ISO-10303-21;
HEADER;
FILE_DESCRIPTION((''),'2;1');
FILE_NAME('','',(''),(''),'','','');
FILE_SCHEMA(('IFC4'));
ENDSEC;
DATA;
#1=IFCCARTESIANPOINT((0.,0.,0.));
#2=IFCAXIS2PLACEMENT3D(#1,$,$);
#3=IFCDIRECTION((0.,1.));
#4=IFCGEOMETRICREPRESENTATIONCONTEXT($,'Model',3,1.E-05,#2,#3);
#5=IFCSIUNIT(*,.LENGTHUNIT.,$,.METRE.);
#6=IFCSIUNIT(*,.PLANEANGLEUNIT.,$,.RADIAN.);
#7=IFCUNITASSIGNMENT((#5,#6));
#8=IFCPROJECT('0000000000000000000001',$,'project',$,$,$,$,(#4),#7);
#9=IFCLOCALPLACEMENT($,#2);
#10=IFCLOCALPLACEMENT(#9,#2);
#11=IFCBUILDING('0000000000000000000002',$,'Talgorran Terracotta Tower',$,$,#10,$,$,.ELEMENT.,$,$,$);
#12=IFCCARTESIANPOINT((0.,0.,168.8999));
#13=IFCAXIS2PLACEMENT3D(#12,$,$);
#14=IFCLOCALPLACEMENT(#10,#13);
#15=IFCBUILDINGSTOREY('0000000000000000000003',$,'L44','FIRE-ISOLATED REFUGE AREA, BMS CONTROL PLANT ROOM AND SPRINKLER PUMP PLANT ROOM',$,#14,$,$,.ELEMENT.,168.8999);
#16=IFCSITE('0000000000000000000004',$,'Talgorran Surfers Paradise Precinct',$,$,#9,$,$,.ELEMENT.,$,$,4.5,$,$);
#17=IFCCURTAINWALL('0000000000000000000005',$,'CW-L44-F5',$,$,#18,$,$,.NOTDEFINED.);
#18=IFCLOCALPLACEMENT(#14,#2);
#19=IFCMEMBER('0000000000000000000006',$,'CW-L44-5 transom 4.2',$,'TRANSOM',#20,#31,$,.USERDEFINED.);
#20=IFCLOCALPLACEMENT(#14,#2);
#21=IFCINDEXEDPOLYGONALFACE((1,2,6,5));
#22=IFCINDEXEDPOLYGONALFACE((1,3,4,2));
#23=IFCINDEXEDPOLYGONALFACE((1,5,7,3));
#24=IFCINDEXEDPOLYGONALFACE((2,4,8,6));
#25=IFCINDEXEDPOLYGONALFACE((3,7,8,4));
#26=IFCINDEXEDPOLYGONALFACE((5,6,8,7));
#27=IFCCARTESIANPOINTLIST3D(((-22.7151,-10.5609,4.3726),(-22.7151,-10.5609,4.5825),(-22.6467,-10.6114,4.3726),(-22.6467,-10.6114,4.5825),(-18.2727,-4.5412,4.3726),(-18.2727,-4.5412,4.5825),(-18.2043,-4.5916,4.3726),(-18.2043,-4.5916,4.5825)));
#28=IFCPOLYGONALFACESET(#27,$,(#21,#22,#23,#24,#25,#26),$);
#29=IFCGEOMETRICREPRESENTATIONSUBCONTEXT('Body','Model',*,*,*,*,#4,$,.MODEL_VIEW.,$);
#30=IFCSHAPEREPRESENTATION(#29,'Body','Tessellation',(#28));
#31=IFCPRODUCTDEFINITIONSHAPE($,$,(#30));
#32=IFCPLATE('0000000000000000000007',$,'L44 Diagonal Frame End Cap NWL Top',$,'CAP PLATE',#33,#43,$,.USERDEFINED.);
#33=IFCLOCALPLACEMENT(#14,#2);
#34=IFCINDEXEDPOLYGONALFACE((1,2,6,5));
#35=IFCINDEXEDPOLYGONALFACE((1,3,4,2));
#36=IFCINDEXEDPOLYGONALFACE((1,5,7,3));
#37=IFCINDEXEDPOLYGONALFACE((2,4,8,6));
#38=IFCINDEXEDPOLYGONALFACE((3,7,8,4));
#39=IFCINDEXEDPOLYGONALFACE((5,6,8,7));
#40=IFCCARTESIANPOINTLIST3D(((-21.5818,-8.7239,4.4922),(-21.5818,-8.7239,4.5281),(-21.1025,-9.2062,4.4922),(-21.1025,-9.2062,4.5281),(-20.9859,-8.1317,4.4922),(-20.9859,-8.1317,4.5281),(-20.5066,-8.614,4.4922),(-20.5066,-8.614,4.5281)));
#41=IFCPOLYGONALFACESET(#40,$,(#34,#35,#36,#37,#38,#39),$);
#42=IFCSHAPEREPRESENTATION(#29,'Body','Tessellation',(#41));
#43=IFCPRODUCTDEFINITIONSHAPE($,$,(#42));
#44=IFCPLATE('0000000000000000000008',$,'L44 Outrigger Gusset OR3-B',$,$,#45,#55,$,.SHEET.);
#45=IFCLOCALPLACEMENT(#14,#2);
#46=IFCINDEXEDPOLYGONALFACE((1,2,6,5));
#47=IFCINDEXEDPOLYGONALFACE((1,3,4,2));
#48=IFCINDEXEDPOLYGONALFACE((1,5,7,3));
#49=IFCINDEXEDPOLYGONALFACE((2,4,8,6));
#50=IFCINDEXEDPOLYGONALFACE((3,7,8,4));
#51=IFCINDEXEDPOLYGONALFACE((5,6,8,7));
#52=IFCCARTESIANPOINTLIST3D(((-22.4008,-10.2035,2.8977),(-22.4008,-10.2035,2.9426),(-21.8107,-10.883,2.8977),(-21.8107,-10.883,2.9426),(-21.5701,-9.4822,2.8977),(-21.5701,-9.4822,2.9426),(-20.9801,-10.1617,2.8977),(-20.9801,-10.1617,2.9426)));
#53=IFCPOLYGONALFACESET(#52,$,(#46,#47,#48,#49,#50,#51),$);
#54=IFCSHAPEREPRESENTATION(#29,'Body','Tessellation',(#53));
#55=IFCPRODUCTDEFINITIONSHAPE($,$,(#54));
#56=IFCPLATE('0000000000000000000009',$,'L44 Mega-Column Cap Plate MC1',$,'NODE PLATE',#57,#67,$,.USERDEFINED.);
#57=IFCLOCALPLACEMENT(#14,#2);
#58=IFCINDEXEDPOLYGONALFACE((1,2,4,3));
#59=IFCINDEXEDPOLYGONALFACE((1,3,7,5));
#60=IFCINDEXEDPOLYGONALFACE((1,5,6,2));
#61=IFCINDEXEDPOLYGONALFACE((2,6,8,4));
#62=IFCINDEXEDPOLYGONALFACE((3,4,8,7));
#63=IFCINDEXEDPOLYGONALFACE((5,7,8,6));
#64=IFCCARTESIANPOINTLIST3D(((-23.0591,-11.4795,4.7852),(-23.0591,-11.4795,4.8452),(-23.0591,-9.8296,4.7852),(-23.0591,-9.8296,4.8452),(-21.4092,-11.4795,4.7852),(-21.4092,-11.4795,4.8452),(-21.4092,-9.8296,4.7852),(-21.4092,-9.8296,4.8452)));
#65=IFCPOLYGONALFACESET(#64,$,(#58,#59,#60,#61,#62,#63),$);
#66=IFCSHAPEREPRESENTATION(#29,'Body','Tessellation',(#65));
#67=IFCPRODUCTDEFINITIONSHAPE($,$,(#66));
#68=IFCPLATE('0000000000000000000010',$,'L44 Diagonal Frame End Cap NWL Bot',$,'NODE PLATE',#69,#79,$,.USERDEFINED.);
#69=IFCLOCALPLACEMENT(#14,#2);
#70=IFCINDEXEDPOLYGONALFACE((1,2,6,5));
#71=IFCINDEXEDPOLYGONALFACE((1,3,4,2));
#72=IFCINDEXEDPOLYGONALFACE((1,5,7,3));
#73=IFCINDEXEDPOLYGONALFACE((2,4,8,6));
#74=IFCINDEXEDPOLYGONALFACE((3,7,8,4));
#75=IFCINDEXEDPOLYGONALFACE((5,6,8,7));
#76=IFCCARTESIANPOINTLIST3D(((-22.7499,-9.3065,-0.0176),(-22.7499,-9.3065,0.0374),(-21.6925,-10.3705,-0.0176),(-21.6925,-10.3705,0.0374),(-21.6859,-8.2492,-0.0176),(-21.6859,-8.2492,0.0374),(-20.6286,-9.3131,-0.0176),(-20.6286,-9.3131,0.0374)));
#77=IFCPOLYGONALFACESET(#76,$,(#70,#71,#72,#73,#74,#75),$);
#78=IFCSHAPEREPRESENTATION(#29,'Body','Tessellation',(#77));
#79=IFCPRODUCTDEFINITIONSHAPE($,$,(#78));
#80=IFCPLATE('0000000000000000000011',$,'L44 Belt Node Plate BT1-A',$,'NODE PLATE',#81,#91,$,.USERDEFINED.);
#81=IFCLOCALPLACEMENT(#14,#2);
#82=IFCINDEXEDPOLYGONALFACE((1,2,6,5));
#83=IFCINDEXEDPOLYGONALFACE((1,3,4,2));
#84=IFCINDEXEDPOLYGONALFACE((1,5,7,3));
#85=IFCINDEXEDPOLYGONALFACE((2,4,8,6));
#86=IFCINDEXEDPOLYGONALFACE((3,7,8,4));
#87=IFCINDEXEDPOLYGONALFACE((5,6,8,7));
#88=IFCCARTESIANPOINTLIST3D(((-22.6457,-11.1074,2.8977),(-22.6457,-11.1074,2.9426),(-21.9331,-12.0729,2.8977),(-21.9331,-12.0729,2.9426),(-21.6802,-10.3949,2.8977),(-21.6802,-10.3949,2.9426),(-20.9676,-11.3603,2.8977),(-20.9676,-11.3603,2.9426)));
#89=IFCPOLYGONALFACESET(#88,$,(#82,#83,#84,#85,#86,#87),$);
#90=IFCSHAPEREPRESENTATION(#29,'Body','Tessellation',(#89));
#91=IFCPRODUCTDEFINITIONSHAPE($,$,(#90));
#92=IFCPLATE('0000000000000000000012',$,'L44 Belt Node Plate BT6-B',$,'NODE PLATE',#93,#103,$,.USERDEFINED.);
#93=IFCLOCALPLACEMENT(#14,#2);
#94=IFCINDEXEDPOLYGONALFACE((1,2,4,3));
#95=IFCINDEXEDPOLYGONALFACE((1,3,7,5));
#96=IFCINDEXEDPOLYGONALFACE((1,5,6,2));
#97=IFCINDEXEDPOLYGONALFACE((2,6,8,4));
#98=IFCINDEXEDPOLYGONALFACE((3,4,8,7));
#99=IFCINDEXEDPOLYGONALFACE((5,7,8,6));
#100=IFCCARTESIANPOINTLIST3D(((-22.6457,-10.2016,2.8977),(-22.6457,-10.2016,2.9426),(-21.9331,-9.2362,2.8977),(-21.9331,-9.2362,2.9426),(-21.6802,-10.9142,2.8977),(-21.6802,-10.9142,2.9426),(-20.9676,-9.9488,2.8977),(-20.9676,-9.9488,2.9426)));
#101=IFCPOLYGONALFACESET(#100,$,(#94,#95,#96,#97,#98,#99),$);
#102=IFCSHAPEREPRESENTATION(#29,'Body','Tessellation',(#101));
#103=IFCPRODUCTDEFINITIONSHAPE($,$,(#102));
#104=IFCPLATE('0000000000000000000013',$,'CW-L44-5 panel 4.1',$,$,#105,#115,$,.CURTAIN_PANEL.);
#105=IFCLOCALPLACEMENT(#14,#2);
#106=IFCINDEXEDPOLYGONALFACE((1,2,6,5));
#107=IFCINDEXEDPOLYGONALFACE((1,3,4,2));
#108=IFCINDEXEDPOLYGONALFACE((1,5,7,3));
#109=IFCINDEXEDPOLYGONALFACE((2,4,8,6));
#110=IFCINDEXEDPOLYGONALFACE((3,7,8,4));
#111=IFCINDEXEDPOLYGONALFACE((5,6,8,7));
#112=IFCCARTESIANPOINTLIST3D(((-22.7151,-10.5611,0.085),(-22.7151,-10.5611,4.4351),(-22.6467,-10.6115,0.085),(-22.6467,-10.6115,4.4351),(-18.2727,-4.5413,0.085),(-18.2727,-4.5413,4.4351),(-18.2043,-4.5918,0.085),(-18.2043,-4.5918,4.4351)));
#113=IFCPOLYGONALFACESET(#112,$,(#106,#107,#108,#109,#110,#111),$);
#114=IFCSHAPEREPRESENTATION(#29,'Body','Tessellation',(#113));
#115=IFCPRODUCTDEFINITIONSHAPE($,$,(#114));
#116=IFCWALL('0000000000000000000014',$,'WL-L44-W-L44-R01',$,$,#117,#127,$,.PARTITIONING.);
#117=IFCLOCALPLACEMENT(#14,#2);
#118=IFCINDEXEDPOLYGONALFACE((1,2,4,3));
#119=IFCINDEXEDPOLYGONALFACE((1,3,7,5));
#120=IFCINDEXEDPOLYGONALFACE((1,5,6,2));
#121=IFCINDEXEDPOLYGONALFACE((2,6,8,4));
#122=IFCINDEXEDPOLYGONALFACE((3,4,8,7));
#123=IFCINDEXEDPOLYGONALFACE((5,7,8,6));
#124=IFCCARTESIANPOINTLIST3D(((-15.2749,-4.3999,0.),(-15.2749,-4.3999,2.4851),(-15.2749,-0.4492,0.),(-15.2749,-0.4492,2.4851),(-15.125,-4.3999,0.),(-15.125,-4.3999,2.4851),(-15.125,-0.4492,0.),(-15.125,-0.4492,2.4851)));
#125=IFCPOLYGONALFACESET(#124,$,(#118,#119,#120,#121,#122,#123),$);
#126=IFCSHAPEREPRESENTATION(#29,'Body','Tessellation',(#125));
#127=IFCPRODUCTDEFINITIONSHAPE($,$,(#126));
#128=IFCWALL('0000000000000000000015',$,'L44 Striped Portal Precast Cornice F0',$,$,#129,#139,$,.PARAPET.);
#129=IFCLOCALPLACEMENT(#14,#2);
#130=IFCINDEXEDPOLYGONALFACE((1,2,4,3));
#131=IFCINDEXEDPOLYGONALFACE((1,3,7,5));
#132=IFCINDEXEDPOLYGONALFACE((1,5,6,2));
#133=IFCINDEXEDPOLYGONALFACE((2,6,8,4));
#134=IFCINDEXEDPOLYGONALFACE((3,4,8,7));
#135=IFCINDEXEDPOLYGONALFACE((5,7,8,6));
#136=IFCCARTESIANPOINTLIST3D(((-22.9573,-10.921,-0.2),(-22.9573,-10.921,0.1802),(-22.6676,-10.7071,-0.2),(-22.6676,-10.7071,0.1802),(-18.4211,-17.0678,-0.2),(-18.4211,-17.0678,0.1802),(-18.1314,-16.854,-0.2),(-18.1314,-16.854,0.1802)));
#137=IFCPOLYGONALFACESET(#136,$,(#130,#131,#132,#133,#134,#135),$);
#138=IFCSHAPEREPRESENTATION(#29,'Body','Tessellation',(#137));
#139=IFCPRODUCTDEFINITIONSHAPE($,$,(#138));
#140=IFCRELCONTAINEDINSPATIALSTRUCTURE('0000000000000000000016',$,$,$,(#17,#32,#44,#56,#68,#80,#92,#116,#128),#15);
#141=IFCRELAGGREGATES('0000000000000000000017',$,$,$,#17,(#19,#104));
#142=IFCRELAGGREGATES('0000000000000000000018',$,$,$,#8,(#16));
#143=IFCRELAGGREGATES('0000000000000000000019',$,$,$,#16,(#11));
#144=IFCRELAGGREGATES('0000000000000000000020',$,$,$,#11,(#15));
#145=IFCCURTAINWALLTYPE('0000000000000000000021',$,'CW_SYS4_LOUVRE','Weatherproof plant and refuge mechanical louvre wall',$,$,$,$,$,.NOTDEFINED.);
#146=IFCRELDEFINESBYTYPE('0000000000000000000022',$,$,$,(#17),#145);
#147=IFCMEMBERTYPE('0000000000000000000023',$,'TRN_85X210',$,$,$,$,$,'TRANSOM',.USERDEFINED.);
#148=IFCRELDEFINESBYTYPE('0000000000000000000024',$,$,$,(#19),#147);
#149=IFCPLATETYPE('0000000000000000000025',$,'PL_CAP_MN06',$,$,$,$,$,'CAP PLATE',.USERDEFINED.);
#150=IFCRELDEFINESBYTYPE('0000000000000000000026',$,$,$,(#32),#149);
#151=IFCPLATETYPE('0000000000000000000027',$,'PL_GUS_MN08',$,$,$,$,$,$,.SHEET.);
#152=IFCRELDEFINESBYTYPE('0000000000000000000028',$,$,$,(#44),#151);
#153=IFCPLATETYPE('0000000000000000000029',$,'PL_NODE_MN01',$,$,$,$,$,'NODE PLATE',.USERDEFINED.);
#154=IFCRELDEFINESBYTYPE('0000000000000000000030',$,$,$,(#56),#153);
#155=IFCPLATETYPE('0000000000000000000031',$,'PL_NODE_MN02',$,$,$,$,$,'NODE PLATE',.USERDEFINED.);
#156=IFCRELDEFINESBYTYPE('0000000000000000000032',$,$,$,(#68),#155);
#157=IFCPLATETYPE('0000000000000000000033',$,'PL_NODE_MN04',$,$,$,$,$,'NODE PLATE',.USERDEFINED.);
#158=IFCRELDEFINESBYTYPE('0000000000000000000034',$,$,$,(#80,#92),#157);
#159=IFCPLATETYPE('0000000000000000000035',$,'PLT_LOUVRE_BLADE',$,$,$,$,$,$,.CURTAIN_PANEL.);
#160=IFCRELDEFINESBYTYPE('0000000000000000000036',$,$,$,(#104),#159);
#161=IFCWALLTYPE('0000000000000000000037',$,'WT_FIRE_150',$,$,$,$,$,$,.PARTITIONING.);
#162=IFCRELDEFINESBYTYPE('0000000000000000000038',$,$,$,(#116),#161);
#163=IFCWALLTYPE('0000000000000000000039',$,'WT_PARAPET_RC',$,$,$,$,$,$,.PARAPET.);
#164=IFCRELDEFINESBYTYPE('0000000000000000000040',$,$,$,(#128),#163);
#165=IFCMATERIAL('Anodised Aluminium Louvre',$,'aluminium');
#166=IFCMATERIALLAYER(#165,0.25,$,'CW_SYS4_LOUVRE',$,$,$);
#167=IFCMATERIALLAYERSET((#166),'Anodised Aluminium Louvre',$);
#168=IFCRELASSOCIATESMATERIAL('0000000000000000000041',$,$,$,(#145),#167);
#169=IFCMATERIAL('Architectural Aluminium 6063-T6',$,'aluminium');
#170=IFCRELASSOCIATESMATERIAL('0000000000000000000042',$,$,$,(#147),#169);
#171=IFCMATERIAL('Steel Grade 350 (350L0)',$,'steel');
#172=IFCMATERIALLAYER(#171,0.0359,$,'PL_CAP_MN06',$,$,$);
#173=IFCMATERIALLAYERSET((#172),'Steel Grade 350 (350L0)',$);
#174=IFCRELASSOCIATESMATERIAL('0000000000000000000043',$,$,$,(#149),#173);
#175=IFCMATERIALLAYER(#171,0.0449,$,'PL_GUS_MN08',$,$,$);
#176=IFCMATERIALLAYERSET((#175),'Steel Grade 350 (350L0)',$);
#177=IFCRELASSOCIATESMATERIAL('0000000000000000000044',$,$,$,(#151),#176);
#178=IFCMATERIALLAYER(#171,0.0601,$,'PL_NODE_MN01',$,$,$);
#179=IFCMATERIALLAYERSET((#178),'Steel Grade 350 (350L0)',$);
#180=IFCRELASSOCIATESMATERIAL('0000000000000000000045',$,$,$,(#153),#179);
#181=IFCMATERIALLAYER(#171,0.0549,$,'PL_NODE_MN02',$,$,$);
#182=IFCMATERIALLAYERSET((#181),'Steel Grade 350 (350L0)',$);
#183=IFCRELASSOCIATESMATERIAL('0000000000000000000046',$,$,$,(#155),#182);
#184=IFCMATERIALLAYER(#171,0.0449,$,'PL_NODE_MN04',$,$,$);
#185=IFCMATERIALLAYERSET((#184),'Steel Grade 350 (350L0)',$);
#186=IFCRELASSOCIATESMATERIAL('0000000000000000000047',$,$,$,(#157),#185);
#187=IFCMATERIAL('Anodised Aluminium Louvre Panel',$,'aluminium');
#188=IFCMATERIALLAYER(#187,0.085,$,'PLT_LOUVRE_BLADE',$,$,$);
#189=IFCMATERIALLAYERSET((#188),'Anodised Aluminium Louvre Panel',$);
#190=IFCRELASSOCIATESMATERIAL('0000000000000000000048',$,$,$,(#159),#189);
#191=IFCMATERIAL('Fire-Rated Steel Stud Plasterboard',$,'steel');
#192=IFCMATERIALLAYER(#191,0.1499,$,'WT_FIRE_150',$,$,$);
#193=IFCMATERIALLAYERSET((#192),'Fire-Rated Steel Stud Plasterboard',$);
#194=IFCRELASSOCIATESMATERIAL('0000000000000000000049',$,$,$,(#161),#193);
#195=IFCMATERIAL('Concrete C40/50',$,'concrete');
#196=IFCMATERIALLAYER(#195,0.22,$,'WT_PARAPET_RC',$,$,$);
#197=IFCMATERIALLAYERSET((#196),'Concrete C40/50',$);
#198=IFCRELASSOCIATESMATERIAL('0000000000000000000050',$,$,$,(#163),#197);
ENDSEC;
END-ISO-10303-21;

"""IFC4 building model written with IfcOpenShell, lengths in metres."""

from ifc_helpers import new_model, si_unit, direction, frame, frame_2d, origin, origin_2d, place, context, subcontext, project, spatial, rectangle, extrude, source, transform, mapped, material, layer, layer_set, material_profile, profile_set, type_object, type_shapes, element, aggregate, save


model = new_model("IFC4")

# Units and contexts
model_context = context("Model", 3, precision=1e-05, world=origin(), true_north=direction((0.0, 1.0)))
body_context = subcontext(model_context, "Body", "Model", "MODEL_VIEW")
ifc_project = project(units=[si_unit("LENGTHUNIT", "METRE"), si_unit("PLANEANGLEUNIT", "RADIAN")], contexts=[model_context])

# Site, building, storey
site_placement = place(None, origin())
site = spatial("IfcSite", under=ifc_project, at=site_placement, Name="Talgorran Surfers Paradise Precinct", CompositionType="ELEMENT", RefElevation=4.5)
building_placement = place(site_placement, origin())
building = spatial("IfcBuilding", under=site, at=building_placement, Name="Talgorran Terracotta Tower", CompositionType="ELEMENT")
storey_placement = place(building_placement, frame((0.0, 0.0, 168.8999)))
storey = spatial("IfcBuildingStorey", under=building, at=storey_placement, Name="L44", Description="FIRE-ISOLATED REFUGE AREA, BMS CONTROL PLANT ROOM AND SPRINKLER PUMP PLANT ROOM", CompositionType="ELEMENT", Elevation=168.8999)

# Shared definitions
ifc_material_1 = material(Name="Steel Grade 350 (350L0)", Category="steel")

# Shared definitions
ifc_material_2 = material(Name="Anodised Aluminium Louvre", Category="aluminium")
ifc_layer_1 = layer(ifc_material_2, 0.25, Name="CW_SYS4_LOUVRE")
ifc_layer_set_1 = layer_set([ifc_layer_1], Name="Anodised Aluminium Louvre")
curtain_wall_type = type_object("IfcCurtainWallType", Name="CW_SYS4_LOUVRE", Description="Weatherproof plant and refuge mechanical louvre wall", PredefinedType="NOTDEFINED", material=ifc_layer_set_1)
ifc_material_3 = material(Name="Architectural Aluminium 6063-T6", Category="aluminium")

# Curtain wall
curtain_wall_1_placement = place(storey_placement, origin())
curtain_wall_1 = element("IfcCurtainWall", 1, at=curtain_wall_1_placement, inside=storey, type_object=curtain_wall_type, Name="CW-L44-F5", PredefinedType="NOTDEFINED")

# Member
ifc_material_profile_1 = material_profile(ifc_material_3, rectangle(XDim=0.085, YDim=0.21, at=origin_2d()), Name="CWT85X210")
ifc_profile_set_1 = profile_set([ifc_material_profile_1], Name="Architectural Aluminium 6063-T6")
member_type_1 = type_object("IfcMemberType", Name="TRN_85X210", ElementType="TRANSOM", PredefinedType="USERDEFINED", material=ifc_profile_set_1)
member_1_placement = place(storey_placement, frame((-18.2385, -4.5664, 4.4775), z_axis=(-0.593784, -0.804624, 0.0), x_axis=(0.804624, -0.593784, 0.0)))
member_1 = element("IfcMember", 2, at=member_1_placement, type_object=member_type_1, Name="CW-L44-5 transom 4.2", ObjectType="TRANSOM", PredefinedType="USERDEFINED", context=body_context, shape_type="SweptSolid", body=[
    extrude(rectangle(XDim=0.085, YDim=0.21, at=origin_2d()), origin(), (0.0, 0.0, 1.0), 7.4814),
])

# Plates
ifc_layer_2 = layer(ifc_material_1, 0.0359, Name="PL_CAP_MN06")
ifc_layer_set_2 = layer_set([ifc_layer_2], Name="Steel Grade 350 (350L0)")
plate_type_1 = type_object("IfcPlateType", Name="PL_CAP_MN06", ElementType="CAP PLATE", PredefinedType="USERDEFINED", material=ifc_layer_set_2)
plate_1_placement = place(storey_placement, frame((-21.0442, -8.6689, 4.4922), z_axis=(0.0, 0.0, 1.0), x_axis=(0.709325, 0.704882, 0.0)))
element("IfcPlate", 3, at=plate_1_placement, inside=storey, type_object=plate_type_1, Name="L44 Diagonal Frame End Cap NWL Top", ObjectType="CAP PLATE", PredefinedType="USERDEFINED", context=body_context, shape_type="SweptSolid", body=[
    extrude(rectangle(XDim=0.8401, YDim=0.6799, at=origin_2d()), origin(), (0.0, 0.0, 1.0), 0.0359),
])
ifc_layer_3 = layer(ifc_material_1, 0.0449, Name="PL_GUS_MN08")
ifc_layer_set_3 = layer_set([ifc_layer_3], Name="Steel Grade 350 (350L0)")
plate_type_2 = type_object("IfcPlateType", Name="PL_GUS_MN08", PredefinedType="SHEET", material=ifc_layer_set_3)
plate_2_placement = place(storey_placement, frame((-21.6904, -10.1826, 2.8977), z_axis=(0.0, 0.0, 1.0), x_axis=(-0.755053, -0.655664, 0.0)))
element("IfcPlate", 4, at=plate_2_placement, inside=storey, type_object=plate_type_2, Name="L44 Outrigger Gusset OR3-B", PredefinedType="SHEET", context=body_context, shape_type="SweptSolid", body=[
    extrude(rectangle(XDim=1.1001, YDim=0.8999, at=origin_2d()), origin(), (0.0, 0.0, 1.0), 0.0449),
])
ifc_layer_4 = layer(ifc_material_1, 0.0601, Name="PL_NODE_MN01")
ifc_layer_set_4 = layer_set([ifc_layer_4], Name="Steel Grade 350 (350L0)")
plate_type_3 = type_object("IfcPlateType", Name="PL_NODE_MN01", ElementType="NODE PLATE", PredefinedType="USERDEFINED", material=ifc_layer_set_4)
plate_3_placement = place(storey_placement, frame((-22.2341, -10.6545, 4.7852), z_axis=(0.0, 0.0, 1.0), x_axis=(1.0, 0.0, 0.0)))
element("IfcPlate", 5, at=plate_3_placement, inside=storey, type_object=plate_type_3, Name="L44 Mega-Column Cap Plate MC1", ObjectType="NODE PLATE", PredefinedType="USERDEFINED", context=body_context, shape_type="SweptSolid", body=[
    extrude(rectangle(XDim=1.6499, YDim=1.6499, at=origin_2d()), origin(), (0.0, 0.0, 1.0), 0.0601),
])
ifc_layer_5 = layer(ifc_material_1, 0.0549, Name="PL_NODE_MN02")
ifc_layer_set_5 = layer_set([ifc_layer_5], Name="Steel Grade 350 (350L0)")
plate_type_4 = type_object("IfcPlateType", Name="PL_NODE_MN02", ElementType="NODE PLATE", PredefinedType="USERDEFINED", material=ifc_layer_set_5)
plate_4_placement = place(storey_placement, frame((-21.6892, -9.3098, -0.0176), z_axis=(0.0, 0.0, 1.0), x_axis=(0.709325, 0.704882, 0.0)))
element("IfcPlate", 6, at=plate_4_placement, inside=storey, type_object=plate_type_4, Name="L44 Diagonal Frame End Cap NWL Bot", ObjectType="NODE PLATE", PredefinedType="USERDEFINED", context=body_context, shape_type="SweptSolid", body=[
    extrude(rectangle(XDim=1.5, YDim=1.5, at=origin_2d()), origin(), (0.0, 0.0, 1.0), 0.0549),
])
ifc_layer_6 = layer(ifc_material_1, 0.0449, Name="PL_NODE_MN04")
ifc_layer_set_6 = layer_set([ifc_layer_6], Name="Steel Grade 350 (350L0)")
plate_type_5 = type_object("IfcPlateType", Name="PL_NODE_MN04", ElementType="NODE PLATE", PredefinedType="USERDEFINED", material=ifc_layer_set_6)
for number, where, z_axis, x_axis, name in (
    (7, (-21.8066, -11.2339, 2.8977), (0.0, 0.0, 1.0), (0.59384, -0.804583, 0.0), "L44 Belt Node Plate BT1-A"),
    (8, (-21.8066, -10.0752, 2.8977), (0.0, 0.0, 1.0), (-0.59384, -0.804583, 0.0), "L44 Belt Node Plate BT6-B"),
):
    element("IfcPlate", number, at=place(storey_placement, frame(where, z_axis=z_axis, x_axis=x_axis)), inside=storey, type_object=plate_type_5, Name=name, ObjectType="NODE PLATE", PredefinedType="USERDEFINED", context=body_context, shape_type="SweptSolid", body=[
        extrude(rectangle(XDim=1.2, YDim=1.2, at=origin_2d()), origin(), (0.0, 0.0, 1.0), 0.0449),
    ])

# Plate
ifc_material_4 = material(Name="Anodised Aluminium Louvre Panel", Category="aluminium")
ifc_layer_7 = layer(ifc_material_4, 0.085, Name="PLT_LOUVRE_BLADE")
ifc_layer_set_7 = layer_set([ifc_layer_7], Name="Anodised Aluminium Louvre Panel")
plate_type_6 = type_object("IfcPlateType", Name="PLT_LOUVRE_BLADE", PredefinedType="CURTAIN_PANEL", material=ifc_layer_set_7)
shared_shape = source(origin(), body_context, "Body", "SweptSolid", [
    extrude(rectangle(XDim=7.4814, YDim=0.085, at=origin_2d()), origin(), (0.0, 0.0, 1.0), 4.3501),
])
type_shapes(plate_type_6, [shared_shape])
plate_5_placement = place(storey_placement, frame((-20.4597, -7.5764, 0.085), z_axis=(0.0, 0.0, 1.0), x_axis=(-0.593787, -0.804622, 0.0)))
plate_5 = element("IfcPlate", 9, at=plate_5_placement, type_object=plate_type_6, Name="CW-L44-5 panel 4.1", PredefinedType="CURTAIN_PANEL", context=body_context, shape_type="MappedRepresentation", body=[
    mapped(shared_shape, transform((0.0, 0.0, 0.0), scale=1.0)),
])
aggregate(curtain_wall_1, [member_1, plate_5])

# Walls
ifc_material_5 = material(Name="Fire-Rated Steel Stud Plasterboard", Category="steel")
ifc_layer_8 = layer(ifc_material_5, 0.1499, Name="WT_FIRE_150")
ifc_layer_set_8 = layer_set([ifc_layer_8], Name="Fire-Rated Steel Stud Plasterboard")
wall_type_1 = type_object("IfcWallType", Name="WT_FIRE_150", PredefinedType="PARTITIONING", material=ifc_layer_set_8)
wall_1_placement = place(storey_placement, frame((-15.2, -4.3999, 0.0), z_axis=(0.0, 0.0, 1.0), x_axis=(0.0, 1.0, 0.0)))
element("IfcWall", 10, at=wall_1_placement, inside=storey, type_object=wall_type_1, Name="WL-L44-W-L44-R01", PredefinedType="PARTITIONING", context=body_context, shape_type="SweptSolid", body=[
    extrude(rectangle(XDim=3.9507, YDim=0.1499, at=frame_2d((1.9753, 0.0))), origin(), (0.0, 0.0, 1.0), 2.4851),
])
ifc_material_6 = material(Name="Concrete C40/50", Category="concrete")
ifc_layer_9 = layer(ifc_material_6, 0.22, Name="WT_PARAPET_RC")
ifc_layer_set_9 = layer_set([ifc_layer_9], Name="Concrete C40/50")
wall_type_2 = type_object("IfcWallType", Name="WT_PARAPET_RC", PredefinedType="PARAPET", material=ifc_layer_set_9)
wall_2_placement = place(storey_placement, frame((-22.8125, -10.814, -0.2), z_axis=(0.0, 0.0, 1.0), x_axis=(0.59379, -0.80462, 0.0)))
element("IfcWall", 11, at=wall_2_placement, inside=storey, type_object=wall_type_2, Name="L44 Striped Portal Precast Cornice F0", PredefinedType="PARAPET", context=body_context, shape_type="SweptSolid", body=[
    extrude(rectangle(XDim=7.6394, YDim=0.3601, at=frame_2d((3.8198, 0.0))), origin(), (0.0, 0.0, 1.0), 0.3801),
])

save(model, "model.ifc")
